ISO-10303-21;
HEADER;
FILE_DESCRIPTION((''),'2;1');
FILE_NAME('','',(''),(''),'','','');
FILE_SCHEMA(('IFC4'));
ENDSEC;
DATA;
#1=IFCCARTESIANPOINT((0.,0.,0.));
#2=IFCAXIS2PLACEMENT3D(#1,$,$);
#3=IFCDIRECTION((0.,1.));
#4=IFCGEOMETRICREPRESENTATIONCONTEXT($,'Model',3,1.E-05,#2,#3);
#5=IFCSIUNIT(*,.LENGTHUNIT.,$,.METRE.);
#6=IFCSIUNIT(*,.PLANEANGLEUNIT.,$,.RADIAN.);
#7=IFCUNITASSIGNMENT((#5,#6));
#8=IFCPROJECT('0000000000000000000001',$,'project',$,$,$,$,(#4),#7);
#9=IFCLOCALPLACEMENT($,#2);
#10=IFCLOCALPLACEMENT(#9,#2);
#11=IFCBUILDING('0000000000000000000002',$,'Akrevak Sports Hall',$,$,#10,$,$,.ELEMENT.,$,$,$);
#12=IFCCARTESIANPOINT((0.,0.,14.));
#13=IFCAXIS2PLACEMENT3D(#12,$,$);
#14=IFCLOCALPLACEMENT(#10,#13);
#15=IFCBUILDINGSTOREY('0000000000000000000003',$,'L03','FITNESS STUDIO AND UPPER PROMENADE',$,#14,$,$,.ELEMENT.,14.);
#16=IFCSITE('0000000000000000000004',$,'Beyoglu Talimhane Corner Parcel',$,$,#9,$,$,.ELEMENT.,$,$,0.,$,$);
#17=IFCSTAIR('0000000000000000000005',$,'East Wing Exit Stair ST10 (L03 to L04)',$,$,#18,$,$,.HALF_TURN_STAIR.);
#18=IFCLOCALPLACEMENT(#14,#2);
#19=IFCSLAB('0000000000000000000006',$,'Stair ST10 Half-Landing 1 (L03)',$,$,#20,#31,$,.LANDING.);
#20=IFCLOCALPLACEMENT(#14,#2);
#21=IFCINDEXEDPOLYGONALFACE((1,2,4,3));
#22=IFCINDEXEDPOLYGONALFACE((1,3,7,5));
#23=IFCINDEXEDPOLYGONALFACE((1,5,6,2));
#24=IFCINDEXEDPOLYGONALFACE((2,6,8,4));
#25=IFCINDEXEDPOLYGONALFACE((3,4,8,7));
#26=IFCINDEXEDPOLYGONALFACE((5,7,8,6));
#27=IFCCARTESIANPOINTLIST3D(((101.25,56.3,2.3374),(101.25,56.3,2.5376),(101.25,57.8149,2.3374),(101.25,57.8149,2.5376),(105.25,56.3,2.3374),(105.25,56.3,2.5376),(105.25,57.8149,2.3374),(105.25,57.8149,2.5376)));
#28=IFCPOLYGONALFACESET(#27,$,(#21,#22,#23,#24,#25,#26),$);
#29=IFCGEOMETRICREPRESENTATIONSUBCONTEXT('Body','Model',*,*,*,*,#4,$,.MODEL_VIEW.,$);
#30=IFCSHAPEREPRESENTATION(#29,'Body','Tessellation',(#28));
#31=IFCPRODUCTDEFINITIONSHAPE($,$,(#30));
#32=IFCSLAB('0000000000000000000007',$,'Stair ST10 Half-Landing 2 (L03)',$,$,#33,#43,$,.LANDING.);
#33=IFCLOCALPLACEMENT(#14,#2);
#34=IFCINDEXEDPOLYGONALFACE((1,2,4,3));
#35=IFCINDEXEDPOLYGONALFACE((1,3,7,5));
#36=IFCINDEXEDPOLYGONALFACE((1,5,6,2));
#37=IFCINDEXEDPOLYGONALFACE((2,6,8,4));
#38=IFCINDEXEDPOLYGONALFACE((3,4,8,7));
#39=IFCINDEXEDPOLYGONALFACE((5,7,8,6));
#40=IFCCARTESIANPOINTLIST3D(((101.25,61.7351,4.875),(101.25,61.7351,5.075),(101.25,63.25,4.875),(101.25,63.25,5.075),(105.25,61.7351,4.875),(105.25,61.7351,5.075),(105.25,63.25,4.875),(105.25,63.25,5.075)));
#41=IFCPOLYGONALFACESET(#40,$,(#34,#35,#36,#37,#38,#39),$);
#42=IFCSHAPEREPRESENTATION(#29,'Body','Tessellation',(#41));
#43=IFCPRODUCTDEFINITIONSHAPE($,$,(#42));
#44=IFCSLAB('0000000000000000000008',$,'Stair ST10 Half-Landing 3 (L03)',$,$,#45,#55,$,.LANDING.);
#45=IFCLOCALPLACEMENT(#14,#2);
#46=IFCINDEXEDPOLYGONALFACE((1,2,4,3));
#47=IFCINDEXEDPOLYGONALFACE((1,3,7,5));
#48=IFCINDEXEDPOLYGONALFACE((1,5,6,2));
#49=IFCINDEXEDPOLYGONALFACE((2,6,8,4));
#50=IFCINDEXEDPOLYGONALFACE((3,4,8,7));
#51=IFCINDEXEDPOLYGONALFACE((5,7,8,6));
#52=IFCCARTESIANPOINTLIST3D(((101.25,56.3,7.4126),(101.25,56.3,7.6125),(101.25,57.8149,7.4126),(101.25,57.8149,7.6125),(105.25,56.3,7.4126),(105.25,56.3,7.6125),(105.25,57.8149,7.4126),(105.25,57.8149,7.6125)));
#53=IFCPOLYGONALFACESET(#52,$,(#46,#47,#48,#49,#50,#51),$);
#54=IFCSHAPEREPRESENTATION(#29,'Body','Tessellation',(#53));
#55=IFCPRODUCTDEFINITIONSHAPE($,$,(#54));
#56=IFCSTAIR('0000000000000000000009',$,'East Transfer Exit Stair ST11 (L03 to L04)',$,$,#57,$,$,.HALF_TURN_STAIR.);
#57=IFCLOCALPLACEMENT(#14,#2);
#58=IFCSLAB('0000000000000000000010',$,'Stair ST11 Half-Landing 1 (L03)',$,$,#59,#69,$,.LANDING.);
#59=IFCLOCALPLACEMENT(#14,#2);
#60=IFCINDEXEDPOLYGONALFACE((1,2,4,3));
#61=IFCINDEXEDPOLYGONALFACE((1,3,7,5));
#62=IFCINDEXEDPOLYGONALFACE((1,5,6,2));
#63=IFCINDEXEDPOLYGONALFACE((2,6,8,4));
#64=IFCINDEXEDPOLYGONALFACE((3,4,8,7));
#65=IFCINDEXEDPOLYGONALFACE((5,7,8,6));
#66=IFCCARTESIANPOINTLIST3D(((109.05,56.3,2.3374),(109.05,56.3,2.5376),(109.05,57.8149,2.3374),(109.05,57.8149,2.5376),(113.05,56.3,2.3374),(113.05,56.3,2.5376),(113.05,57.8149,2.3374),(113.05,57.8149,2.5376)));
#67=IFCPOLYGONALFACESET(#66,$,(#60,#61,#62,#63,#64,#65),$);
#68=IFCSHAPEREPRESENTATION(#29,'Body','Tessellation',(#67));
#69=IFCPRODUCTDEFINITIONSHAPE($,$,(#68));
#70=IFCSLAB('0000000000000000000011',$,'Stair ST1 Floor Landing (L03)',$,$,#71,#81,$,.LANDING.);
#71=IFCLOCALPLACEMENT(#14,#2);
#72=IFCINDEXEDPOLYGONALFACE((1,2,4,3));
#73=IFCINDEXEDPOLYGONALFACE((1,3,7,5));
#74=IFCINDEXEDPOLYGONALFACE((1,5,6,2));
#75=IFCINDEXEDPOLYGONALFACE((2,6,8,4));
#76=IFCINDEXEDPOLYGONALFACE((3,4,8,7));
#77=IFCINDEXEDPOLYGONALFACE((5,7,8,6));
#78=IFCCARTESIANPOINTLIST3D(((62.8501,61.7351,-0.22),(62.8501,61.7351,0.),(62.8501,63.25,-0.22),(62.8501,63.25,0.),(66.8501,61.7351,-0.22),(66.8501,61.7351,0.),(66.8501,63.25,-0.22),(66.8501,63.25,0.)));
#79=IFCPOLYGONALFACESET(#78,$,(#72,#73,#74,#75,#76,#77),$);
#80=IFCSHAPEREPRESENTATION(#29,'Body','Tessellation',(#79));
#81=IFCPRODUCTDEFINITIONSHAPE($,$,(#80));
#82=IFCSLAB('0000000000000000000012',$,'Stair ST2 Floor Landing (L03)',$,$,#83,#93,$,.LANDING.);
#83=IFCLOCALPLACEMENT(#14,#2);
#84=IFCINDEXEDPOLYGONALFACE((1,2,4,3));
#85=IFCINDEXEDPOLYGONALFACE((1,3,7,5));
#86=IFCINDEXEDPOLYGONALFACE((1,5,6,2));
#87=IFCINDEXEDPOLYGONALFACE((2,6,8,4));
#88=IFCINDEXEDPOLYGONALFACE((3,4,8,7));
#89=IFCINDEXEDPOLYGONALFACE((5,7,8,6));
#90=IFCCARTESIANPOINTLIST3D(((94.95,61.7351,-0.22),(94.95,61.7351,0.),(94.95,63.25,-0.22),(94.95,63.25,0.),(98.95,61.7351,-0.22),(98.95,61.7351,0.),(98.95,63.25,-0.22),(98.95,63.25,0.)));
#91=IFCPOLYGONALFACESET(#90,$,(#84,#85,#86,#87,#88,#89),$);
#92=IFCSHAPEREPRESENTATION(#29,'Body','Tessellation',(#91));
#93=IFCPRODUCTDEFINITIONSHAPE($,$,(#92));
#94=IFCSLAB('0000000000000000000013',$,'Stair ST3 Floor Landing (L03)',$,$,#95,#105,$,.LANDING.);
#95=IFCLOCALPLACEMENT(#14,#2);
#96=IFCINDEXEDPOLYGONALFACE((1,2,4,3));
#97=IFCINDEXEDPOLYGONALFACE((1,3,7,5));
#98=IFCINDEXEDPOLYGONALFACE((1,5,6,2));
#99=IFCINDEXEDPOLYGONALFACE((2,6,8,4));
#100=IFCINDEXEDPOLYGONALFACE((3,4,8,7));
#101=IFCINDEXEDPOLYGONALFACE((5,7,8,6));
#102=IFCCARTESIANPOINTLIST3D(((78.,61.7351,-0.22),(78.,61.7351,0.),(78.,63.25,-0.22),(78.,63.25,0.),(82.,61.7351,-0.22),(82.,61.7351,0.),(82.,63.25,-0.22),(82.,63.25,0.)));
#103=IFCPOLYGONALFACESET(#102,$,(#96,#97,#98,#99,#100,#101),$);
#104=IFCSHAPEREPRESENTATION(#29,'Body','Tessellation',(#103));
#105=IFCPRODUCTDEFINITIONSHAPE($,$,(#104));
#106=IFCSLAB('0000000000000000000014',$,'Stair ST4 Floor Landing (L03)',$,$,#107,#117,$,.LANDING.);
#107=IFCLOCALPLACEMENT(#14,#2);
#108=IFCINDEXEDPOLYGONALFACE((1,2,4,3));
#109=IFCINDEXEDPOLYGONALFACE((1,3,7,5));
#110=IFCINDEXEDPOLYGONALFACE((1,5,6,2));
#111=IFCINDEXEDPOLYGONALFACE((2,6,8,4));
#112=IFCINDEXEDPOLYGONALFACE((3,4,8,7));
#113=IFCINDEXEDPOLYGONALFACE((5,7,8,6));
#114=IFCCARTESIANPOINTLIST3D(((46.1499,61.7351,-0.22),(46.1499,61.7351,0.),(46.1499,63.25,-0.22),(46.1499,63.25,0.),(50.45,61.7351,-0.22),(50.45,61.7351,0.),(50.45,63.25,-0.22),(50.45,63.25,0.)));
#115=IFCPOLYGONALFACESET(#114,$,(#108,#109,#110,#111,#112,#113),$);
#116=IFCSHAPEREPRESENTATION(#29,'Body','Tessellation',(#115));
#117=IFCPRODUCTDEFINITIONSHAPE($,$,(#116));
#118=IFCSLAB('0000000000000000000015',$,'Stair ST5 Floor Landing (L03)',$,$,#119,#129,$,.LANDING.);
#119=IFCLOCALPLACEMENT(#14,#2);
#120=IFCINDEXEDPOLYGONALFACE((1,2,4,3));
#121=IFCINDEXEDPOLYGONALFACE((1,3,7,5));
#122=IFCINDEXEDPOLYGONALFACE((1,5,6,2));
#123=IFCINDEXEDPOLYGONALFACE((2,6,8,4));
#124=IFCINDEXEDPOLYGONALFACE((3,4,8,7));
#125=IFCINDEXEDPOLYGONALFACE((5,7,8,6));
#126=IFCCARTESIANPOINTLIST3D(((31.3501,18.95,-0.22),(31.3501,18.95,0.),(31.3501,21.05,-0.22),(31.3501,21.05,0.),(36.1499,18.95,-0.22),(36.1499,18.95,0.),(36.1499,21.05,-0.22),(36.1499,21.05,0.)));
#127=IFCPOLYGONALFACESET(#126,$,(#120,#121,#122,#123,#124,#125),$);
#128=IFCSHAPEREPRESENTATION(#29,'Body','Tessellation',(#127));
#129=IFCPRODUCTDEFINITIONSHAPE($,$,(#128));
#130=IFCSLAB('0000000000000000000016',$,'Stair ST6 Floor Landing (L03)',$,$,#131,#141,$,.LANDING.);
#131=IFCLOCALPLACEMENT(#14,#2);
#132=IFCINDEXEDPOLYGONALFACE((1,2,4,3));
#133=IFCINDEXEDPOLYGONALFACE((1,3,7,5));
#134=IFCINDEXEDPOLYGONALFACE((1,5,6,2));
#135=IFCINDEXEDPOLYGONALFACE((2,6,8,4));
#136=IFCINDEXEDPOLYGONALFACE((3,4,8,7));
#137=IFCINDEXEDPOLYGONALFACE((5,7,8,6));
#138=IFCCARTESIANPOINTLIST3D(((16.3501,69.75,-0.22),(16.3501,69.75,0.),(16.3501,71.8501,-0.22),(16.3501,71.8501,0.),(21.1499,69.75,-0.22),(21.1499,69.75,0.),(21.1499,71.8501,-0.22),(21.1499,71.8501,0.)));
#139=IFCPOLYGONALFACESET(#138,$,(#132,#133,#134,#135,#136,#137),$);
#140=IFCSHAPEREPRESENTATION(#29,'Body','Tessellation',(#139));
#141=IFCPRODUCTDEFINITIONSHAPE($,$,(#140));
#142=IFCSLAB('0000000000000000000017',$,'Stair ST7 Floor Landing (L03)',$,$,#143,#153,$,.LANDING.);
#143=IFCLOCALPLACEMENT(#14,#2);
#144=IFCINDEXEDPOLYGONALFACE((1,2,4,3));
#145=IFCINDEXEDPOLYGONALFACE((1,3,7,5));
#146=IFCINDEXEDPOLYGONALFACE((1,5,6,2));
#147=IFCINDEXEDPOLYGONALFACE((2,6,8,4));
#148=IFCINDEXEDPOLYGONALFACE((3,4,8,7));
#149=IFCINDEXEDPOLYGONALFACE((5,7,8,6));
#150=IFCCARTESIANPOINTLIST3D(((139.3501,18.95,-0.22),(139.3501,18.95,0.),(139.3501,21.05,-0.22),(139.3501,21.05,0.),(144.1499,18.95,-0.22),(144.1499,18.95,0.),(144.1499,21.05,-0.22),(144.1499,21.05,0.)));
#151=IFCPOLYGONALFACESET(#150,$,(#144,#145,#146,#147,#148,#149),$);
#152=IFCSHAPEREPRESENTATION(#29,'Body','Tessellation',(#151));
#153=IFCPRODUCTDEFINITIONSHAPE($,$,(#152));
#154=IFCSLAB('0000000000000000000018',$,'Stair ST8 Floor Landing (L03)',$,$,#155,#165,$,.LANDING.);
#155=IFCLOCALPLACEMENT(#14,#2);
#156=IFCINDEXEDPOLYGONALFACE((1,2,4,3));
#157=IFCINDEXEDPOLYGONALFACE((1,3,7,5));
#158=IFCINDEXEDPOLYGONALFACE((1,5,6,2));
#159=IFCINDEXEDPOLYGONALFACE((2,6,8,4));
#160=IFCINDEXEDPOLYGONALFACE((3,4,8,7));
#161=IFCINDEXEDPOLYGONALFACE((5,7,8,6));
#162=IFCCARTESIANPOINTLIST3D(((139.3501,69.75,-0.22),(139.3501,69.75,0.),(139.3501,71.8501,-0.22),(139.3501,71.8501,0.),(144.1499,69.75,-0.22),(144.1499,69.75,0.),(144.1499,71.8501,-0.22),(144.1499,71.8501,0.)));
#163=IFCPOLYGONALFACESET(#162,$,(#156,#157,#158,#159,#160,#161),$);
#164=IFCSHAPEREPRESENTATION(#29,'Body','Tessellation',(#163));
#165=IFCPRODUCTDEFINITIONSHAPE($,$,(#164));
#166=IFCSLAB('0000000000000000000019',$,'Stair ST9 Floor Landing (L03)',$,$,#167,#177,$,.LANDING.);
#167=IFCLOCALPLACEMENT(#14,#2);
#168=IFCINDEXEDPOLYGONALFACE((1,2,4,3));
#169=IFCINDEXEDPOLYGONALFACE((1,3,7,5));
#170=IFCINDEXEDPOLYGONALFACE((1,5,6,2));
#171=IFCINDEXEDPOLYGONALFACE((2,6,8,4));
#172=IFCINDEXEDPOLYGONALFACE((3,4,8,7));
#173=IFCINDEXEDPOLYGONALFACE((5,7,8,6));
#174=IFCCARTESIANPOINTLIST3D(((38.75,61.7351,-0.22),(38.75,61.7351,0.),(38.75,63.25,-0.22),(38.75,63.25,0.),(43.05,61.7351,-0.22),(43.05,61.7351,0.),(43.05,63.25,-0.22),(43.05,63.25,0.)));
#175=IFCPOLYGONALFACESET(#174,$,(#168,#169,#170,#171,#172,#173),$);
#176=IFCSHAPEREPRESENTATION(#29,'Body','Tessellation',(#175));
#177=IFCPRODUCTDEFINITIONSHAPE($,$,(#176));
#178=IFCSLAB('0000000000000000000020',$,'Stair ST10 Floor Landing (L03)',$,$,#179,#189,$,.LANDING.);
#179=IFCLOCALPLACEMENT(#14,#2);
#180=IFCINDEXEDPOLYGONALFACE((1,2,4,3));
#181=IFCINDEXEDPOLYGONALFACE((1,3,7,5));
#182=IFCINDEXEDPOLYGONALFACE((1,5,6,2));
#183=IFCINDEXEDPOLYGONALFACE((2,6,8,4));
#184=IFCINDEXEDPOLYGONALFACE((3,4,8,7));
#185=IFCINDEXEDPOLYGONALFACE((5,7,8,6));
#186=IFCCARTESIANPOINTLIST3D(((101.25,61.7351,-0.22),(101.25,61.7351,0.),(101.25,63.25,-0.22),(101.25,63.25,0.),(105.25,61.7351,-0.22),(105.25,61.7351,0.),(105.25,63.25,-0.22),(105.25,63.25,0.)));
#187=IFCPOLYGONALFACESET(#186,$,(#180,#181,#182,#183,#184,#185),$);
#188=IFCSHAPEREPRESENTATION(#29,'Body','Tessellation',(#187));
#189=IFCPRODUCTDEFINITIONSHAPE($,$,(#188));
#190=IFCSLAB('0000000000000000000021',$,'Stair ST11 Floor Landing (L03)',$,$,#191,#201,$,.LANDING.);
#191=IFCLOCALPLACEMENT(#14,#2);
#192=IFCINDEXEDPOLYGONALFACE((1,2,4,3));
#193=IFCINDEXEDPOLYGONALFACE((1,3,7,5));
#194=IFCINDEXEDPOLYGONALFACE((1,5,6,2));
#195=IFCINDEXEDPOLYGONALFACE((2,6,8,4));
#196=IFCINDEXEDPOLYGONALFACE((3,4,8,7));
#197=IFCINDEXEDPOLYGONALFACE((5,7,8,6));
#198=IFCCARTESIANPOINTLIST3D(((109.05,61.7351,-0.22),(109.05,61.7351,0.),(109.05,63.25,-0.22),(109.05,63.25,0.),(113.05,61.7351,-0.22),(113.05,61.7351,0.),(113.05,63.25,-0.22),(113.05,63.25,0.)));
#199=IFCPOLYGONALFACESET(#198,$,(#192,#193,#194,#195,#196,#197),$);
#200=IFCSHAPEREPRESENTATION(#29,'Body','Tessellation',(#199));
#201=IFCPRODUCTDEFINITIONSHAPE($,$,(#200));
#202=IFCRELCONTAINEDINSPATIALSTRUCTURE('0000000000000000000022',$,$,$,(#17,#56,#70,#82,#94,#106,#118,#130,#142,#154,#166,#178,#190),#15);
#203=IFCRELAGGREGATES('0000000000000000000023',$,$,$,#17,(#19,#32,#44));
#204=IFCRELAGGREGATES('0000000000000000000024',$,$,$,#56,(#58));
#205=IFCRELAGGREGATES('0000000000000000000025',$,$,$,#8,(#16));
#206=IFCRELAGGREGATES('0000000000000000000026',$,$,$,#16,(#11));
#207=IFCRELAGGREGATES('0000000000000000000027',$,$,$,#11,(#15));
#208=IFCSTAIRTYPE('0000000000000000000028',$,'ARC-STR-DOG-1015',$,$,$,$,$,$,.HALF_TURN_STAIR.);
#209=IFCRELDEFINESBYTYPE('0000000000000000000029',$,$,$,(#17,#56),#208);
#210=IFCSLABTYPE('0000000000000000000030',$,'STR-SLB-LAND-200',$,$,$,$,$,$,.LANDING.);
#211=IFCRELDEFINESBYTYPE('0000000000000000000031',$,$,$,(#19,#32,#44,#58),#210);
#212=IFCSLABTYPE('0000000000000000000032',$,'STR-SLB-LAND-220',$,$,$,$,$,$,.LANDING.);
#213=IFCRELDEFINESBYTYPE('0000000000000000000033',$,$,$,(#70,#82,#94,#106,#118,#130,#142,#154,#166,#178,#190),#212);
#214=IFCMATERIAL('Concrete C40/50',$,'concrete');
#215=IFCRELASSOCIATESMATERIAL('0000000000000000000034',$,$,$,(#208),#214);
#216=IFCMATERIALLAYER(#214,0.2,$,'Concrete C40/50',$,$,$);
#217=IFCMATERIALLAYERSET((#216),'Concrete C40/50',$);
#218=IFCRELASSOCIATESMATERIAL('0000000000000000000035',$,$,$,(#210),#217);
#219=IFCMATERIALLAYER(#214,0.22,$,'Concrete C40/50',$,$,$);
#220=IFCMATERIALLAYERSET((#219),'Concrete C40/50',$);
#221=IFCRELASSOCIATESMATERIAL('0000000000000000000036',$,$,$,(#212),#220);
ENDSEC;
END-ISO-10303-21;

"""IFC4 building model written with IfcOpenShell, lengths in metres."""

from ifc_helpers import new_model, si_unit, direction, frame, origin, place, context, subcontext, project, spatial, polyline, outline, extrude, material, layer, layer_set, type_object, element, aggregate, save


model = new_model("IFC4")

# Units and contexts
model_context = context("Model", 3, precision=1e-05, world=origin(), true_north=direction((0.0, 1.0)))
body_context = subcontext(model_context, "Body", "Model", "MODEL_VIEW")
ifc_project = project(units=[si_unit("LENGTHUNIT", "METRE"), si_unit("PLANEANGLEUNIT", "RADIAN")], contexts=[model_context])

# Site, building, storey
site_placement = place(None, origin())
site = spatial("IfcSite", under=ifc_project, at=site_placement, Name="Beyoglu Talimhane Corner Parcel", CompositionType="ELEMENT", RefElevation=0.0)
building_placement = place(site_placement, origin())
building = spatial("IfcBuilding", under=site, at=building_placement, Name="Akrevak Sports Hall", CompositionType="ELEMENT")
storey_placement = place(building_placement, frame((0.0, 0.0, 14.0)))
storey = spatial("IfcBuildingStorey", under=building, at=storey_placement, Name="L03", Description="FITNESS STUDIO AND UPPER PROMENADE", CompositionType="ELEMENT", Elevation=14.0)

# Shared definitions
ifc_material = material(Name="Concrete C40/50", Category="concrete")

# Stair, slabs
stair_type_1 = type_object("IfcStairType", Name="ARC-STR-DOG-1015", PredefinedType="HALF_TURN_STAIR", material=ifc_material)
ifc_layer_1 = layer(ifc_material, 0.2, Name="Concrete C40/50")
ifc_layer_set_1 = layer_set([ifc_layer_1], Name="Concrete C40/50")
slab_type_1 = type_object("IfcSlabType", Name="STR-SLB-LAND-200", PredefinedType="LANDING", material=ifc_layer_set_1)
stair_1_placement = place(storey_placement, origin())
stair_1 = element("IfcStair", 1, at=stair_1_placement, inside=storey, type_object=stair_type_1, Name="East Wing Exit Stair ST10 (L03 to L04)", PredefinedType="HALF_TURN_STAIR")
slab_1_placement = place(storey_placement, frame((0.0, 0.0, 2.3374)))
slab_1 = element("IfcSlab", 2, at=slab_1_placement, type_object=slab_type_1, Name="Stair ST10 Half-Landing 1 (L03)", PredefinedType="LANDING", context=body_context, shape_type="SweptSolid", body=[
    extrude(outline(polyline([(101.25, 56.3), (105.25, 56.3), (105.25, 57.8149), (101.25, 57.8149), (101.25, 56.3)])), origin(), (0.0, 0.0, 1.0), 0.2002),
])
slab_2_placement = place(storey_placement, frame((0.0, 0.0, 4.875)))
slab_2 = element("IfcSlab", 3, at=slab_2_placement, type_object=slab_type_1, Name="Stair ST10 Half-Landing 2 (L03)", PredefinedType="LANDING", context=body_context, shape_type="SweptSolid", body=[
    extrude(outline(polyline([(101.25, 61.7351), (105.25, 61.7351), (105.25, 63.25), (101.25, 63.25), (101.25, 61.7351)])), origin(), (0.0, 0.0, 1.0), 0.2),
])
slab_3_placement = place(storey_placement, frame((0.0, 0.0, 7.4126)))
slab_3 = element("IfcSlab", 4, at=slab_3_placement, type_object=slab_type_1, Name="Stair ST10 Half-Landing 3 (L03)", PredefinedType="LANDING", context=body_context, shape_type="SweptSolid", body=[
    extrude(outline(polyline([(101.25, 56.3), (105.25, 56.3), (105.25, 57.8149), (101.25, 57.8149), (101.25, 56.3)])), origin(), (0.0, 0.0, 1.0), 0.2),
])
aggregate(stair_1, [slab_1, slab_2, slab_3])

# Stair, slab
stair_2_placement = place(storey_placement, origin())
stair_2 = element("IfcStair", 5, at=stair_2_placement, inside=storey, type_object=stair_type_1, Name="East Transfer Exit Stair ST11 (L03 to L04)", PredefinedType="HALF_TURN_STAIR")
slab_4_placement = place(storey_placement, frame((0.0, 0.0, 2.3374)))
slab_4 = element("IfcSlab", 6, at=slab_4_placement, type_object=slab_type_1, Name="Stair ST11 Half-Landing 1 (L03)", PredefinedType="LANDING", context=body_context, shape_type="SweptSolid", body=[
    extrude(outline(polyline([(109.05, 56.3), (113.05, 56.3), (113.05, 57.8149), (109.05, 57.8149), (109.05, 56.3)])), origin(), (0.0, 0.0, 1.0), 0.2002),
])
aggregate(stair_2, [slab_4])

# Slabs
ifc_layer_2 = layer(ifc_material, 0.22, Name="Concrete C40/50")
ifc_layer_set_2 = layer_set([ifc_layer_2], Name="Concrete C40/50")
slab_type_2 = type_object("IfcSlabType", Name="STR-SLB-LAND-220", PredefinedType="LANDING", material=ifc_layer_set_2)
slab_5_placement = place(storey_placement, frame((0.0, 0.0, -0.22)))
element("IfcSlab", 7, at=slab_5_placement, inside=storey, type_object=slab_type_2, Name="Stair ST1 Floor Landing (L03)", PredefinedType="LANDING", context=body_context, shape_type="SweptSolid", body=[
    extrude(outline(polyline([(62.8501, 61.7351), (66.8501, 61.7351), (66.8501, 63.25), (62.8501, 63.25), (62.8501, 61.7351)])), origin(), (0.0, 0.0, 1.0), 0.22),
])
slab_6_placement = place(storey_placement, frame((0.0, 0.0, -0.22)))
element("IfcSlab", 8, at=slab_6_placement, inside=storey, type_object=slab_type_2, Name="Stair ST2 Floor Landing (L03)", PredefinedType="LANDING", context=body_context, shape_type="SweptSolid", body=[
    extrude(outline(polyline([(94.95, 61.7351), (98.95, 61.7351), (98.95, 63.25), (94.95, 63.25), (94.95, 61.7351)])), origin(), (0.0, 0.0, 1.0), 0.22),
])
slab_7_placement = place(storey_placement, frame((0.0, 0.0, -0.22)))
element("IfcSlab", 9, at=slab_7_placement, inside=storey, type_object=slab_type_2, Name="Stair ST3 Floor Landing (L03)", PredefinedType="LANDING", context=body_context, shape_type="SweptSolid", body=[
    extrude(outline(polyline([(78.0, 61.7351), (82.0, 61.7351), (82.0, 63.25), (78.0, 63.25), (78.0, 61.7351)])), origin(), (0.0, 0.0, 1.0), 0.22),
])
slab_8_placement = place(storey_placement, frame((0.0, 0.0, -0.22)))
element("IfcSlab", 10, at=slab_8_placement, inside=storey, type_object=slab_type_2, Name="Stair ST4 Floor Landing (L03)", PredefinedType="LANDING", context=body_context, shape_type="SweptSolid", body=[
    extrude(outline(polyline([(46.1499, 61.7351), (50.45, 61.7351), (50.45, 63.25), (46.1499, 63.25), (46.1499, 61.7351)])), origin(), (0.0, 0.0, 1.0), 0.22),
])
slab_9_placement = place(storey_placement, frame((0.0, 0.0, -0.22)))
element("IfcSlab", 11, at=slab_9_placement, inside=storey, type_object=slab_type_2, Name="Stair ST5 Floor Landing (L03)", PredefinedType="LANDING", context=body_context, shape_type="SweptSolid", body=[
    extrude(outline(polyline([(31.3501, 18.95), (36.1499, 18.95), (36.1499, 21.05), (31.3501, 21.05), (31.3501, 18.95)])), origin(), (0.0, 0.0, 1.0), 0.22),
])
slab_10_placement = place(storey_placement, frame((0.0, 0.0, -0.22)))
element("IfcSlab", 12, at=slab_10_placement, inside=storey, type_object=slab_type_2, Name="Stair ST6 Floor Landing (L03)", PredefinedType="LANDING", context=body_context, shape_type="SweptSolid", body=[
    extrude(outline(polyline([(16.3501, 69.75), (21.1499, 69.75), (21.1499, 71.8501), (16.3501, 71.8501), (16.3501, 69.75)])), origin(), (0.0, 0.0, 1.0), 0.22),
])
slab_11_placement = place(storey_placement, frame((0.0, 0.0, -0.22)))
element("IfcSlab", 13, at=slab_11_placement, inside=storey, type_object=slab_type_2, Name="Stair ST7 Floor Landing (L03)", PredefinedType="LANDING", context=body_context, shape_type="SweptSolid", body=[
    extrude(outline(polyline([(139.3501, 18.95), (144.1499, 18.95), (144.1499, 21.05), (139.3501, 21.05), (139.3501, 18.95)])), origin(), (0.0, 0.0, 1.0), 0.22),
])
slab_12_placement = place(storey_placement, frame((0.0, 0.0, -0.22)))
element("IfcSlab", 14, at=slab_12_placement, inside=storey, type_object=slab_type_2, Name="Stair ST8 Floor Landing (L03)", PredefinedType="LANDING", context=body_context, shape_type="SweptSolid", body=[
    extrude(outline(polyline([(139.3501, 69.75), (144.1499, 69.75), (144.1499, 71.8501), (139.3501, 71.8501), (139.3501, 69.75)])), origin(), (0.0, 0.0, 1.0), 0.22),
])
slab_13_placement = place(storey_placement, frame((0.0, 0.0, -0.22)))
element("IfcSlab", 15, at=slab_13_placement, inside=storey, type_object=slab_type_2, Name="Stair ST9 Floor Landing (L03)", PredefinedType="LANDING", context=body_context, shape_type="SweptSolid", body=[
    extrude(outline(polyline([(38.75, 61.7351), (43.05, 61.7351), (43.05, 63.25), (38.75, 63.25), (38.75, 61.7351)])), origin(), (0.0, 0.0, 1.0), 0.22),
])
slab_14_placement = place(storey_placement, frame((0.0, 0.0, -0.22)))
element("IfcSlab", 16, at=slab_14_placement, inside=storey, type_object=slab_type_2, Name="Stair ST10 Floor Landing (L03)", PredefinedType="LANDING", context=body_context, shape_type="SweptSolid", body=[
    extrude(outline(polyline([(101.25, 61.7351), (105.25, 61.7351), (105.25, 63.25), (101.25, 63.25), (101.25, 61.7351)])), origin(), (0.0, 0.0, 1.0), 0.22),
])
slab_15_placement = place(storey_placement, frame((0.0, 0.0, -0.22)))
element("IfcSlab", 17, at=slab_15_placement, inside=storey, type_object=slab_type_2, Name="Stair ST11 Floor Landing (L03)", PredefinedType="LANDING", context=body_context, shape_type="SweptSolid", body=[
    extrude(outline(polyline([(109.05, 61.7351), (113.05, 61.7351), (113.05, 63.25), (109.05, 63.25), (109.05, 61.7351)])), origin(), (0.0, 0.0, 1.0), 0.22),
])

save(model, "model.ifc")
